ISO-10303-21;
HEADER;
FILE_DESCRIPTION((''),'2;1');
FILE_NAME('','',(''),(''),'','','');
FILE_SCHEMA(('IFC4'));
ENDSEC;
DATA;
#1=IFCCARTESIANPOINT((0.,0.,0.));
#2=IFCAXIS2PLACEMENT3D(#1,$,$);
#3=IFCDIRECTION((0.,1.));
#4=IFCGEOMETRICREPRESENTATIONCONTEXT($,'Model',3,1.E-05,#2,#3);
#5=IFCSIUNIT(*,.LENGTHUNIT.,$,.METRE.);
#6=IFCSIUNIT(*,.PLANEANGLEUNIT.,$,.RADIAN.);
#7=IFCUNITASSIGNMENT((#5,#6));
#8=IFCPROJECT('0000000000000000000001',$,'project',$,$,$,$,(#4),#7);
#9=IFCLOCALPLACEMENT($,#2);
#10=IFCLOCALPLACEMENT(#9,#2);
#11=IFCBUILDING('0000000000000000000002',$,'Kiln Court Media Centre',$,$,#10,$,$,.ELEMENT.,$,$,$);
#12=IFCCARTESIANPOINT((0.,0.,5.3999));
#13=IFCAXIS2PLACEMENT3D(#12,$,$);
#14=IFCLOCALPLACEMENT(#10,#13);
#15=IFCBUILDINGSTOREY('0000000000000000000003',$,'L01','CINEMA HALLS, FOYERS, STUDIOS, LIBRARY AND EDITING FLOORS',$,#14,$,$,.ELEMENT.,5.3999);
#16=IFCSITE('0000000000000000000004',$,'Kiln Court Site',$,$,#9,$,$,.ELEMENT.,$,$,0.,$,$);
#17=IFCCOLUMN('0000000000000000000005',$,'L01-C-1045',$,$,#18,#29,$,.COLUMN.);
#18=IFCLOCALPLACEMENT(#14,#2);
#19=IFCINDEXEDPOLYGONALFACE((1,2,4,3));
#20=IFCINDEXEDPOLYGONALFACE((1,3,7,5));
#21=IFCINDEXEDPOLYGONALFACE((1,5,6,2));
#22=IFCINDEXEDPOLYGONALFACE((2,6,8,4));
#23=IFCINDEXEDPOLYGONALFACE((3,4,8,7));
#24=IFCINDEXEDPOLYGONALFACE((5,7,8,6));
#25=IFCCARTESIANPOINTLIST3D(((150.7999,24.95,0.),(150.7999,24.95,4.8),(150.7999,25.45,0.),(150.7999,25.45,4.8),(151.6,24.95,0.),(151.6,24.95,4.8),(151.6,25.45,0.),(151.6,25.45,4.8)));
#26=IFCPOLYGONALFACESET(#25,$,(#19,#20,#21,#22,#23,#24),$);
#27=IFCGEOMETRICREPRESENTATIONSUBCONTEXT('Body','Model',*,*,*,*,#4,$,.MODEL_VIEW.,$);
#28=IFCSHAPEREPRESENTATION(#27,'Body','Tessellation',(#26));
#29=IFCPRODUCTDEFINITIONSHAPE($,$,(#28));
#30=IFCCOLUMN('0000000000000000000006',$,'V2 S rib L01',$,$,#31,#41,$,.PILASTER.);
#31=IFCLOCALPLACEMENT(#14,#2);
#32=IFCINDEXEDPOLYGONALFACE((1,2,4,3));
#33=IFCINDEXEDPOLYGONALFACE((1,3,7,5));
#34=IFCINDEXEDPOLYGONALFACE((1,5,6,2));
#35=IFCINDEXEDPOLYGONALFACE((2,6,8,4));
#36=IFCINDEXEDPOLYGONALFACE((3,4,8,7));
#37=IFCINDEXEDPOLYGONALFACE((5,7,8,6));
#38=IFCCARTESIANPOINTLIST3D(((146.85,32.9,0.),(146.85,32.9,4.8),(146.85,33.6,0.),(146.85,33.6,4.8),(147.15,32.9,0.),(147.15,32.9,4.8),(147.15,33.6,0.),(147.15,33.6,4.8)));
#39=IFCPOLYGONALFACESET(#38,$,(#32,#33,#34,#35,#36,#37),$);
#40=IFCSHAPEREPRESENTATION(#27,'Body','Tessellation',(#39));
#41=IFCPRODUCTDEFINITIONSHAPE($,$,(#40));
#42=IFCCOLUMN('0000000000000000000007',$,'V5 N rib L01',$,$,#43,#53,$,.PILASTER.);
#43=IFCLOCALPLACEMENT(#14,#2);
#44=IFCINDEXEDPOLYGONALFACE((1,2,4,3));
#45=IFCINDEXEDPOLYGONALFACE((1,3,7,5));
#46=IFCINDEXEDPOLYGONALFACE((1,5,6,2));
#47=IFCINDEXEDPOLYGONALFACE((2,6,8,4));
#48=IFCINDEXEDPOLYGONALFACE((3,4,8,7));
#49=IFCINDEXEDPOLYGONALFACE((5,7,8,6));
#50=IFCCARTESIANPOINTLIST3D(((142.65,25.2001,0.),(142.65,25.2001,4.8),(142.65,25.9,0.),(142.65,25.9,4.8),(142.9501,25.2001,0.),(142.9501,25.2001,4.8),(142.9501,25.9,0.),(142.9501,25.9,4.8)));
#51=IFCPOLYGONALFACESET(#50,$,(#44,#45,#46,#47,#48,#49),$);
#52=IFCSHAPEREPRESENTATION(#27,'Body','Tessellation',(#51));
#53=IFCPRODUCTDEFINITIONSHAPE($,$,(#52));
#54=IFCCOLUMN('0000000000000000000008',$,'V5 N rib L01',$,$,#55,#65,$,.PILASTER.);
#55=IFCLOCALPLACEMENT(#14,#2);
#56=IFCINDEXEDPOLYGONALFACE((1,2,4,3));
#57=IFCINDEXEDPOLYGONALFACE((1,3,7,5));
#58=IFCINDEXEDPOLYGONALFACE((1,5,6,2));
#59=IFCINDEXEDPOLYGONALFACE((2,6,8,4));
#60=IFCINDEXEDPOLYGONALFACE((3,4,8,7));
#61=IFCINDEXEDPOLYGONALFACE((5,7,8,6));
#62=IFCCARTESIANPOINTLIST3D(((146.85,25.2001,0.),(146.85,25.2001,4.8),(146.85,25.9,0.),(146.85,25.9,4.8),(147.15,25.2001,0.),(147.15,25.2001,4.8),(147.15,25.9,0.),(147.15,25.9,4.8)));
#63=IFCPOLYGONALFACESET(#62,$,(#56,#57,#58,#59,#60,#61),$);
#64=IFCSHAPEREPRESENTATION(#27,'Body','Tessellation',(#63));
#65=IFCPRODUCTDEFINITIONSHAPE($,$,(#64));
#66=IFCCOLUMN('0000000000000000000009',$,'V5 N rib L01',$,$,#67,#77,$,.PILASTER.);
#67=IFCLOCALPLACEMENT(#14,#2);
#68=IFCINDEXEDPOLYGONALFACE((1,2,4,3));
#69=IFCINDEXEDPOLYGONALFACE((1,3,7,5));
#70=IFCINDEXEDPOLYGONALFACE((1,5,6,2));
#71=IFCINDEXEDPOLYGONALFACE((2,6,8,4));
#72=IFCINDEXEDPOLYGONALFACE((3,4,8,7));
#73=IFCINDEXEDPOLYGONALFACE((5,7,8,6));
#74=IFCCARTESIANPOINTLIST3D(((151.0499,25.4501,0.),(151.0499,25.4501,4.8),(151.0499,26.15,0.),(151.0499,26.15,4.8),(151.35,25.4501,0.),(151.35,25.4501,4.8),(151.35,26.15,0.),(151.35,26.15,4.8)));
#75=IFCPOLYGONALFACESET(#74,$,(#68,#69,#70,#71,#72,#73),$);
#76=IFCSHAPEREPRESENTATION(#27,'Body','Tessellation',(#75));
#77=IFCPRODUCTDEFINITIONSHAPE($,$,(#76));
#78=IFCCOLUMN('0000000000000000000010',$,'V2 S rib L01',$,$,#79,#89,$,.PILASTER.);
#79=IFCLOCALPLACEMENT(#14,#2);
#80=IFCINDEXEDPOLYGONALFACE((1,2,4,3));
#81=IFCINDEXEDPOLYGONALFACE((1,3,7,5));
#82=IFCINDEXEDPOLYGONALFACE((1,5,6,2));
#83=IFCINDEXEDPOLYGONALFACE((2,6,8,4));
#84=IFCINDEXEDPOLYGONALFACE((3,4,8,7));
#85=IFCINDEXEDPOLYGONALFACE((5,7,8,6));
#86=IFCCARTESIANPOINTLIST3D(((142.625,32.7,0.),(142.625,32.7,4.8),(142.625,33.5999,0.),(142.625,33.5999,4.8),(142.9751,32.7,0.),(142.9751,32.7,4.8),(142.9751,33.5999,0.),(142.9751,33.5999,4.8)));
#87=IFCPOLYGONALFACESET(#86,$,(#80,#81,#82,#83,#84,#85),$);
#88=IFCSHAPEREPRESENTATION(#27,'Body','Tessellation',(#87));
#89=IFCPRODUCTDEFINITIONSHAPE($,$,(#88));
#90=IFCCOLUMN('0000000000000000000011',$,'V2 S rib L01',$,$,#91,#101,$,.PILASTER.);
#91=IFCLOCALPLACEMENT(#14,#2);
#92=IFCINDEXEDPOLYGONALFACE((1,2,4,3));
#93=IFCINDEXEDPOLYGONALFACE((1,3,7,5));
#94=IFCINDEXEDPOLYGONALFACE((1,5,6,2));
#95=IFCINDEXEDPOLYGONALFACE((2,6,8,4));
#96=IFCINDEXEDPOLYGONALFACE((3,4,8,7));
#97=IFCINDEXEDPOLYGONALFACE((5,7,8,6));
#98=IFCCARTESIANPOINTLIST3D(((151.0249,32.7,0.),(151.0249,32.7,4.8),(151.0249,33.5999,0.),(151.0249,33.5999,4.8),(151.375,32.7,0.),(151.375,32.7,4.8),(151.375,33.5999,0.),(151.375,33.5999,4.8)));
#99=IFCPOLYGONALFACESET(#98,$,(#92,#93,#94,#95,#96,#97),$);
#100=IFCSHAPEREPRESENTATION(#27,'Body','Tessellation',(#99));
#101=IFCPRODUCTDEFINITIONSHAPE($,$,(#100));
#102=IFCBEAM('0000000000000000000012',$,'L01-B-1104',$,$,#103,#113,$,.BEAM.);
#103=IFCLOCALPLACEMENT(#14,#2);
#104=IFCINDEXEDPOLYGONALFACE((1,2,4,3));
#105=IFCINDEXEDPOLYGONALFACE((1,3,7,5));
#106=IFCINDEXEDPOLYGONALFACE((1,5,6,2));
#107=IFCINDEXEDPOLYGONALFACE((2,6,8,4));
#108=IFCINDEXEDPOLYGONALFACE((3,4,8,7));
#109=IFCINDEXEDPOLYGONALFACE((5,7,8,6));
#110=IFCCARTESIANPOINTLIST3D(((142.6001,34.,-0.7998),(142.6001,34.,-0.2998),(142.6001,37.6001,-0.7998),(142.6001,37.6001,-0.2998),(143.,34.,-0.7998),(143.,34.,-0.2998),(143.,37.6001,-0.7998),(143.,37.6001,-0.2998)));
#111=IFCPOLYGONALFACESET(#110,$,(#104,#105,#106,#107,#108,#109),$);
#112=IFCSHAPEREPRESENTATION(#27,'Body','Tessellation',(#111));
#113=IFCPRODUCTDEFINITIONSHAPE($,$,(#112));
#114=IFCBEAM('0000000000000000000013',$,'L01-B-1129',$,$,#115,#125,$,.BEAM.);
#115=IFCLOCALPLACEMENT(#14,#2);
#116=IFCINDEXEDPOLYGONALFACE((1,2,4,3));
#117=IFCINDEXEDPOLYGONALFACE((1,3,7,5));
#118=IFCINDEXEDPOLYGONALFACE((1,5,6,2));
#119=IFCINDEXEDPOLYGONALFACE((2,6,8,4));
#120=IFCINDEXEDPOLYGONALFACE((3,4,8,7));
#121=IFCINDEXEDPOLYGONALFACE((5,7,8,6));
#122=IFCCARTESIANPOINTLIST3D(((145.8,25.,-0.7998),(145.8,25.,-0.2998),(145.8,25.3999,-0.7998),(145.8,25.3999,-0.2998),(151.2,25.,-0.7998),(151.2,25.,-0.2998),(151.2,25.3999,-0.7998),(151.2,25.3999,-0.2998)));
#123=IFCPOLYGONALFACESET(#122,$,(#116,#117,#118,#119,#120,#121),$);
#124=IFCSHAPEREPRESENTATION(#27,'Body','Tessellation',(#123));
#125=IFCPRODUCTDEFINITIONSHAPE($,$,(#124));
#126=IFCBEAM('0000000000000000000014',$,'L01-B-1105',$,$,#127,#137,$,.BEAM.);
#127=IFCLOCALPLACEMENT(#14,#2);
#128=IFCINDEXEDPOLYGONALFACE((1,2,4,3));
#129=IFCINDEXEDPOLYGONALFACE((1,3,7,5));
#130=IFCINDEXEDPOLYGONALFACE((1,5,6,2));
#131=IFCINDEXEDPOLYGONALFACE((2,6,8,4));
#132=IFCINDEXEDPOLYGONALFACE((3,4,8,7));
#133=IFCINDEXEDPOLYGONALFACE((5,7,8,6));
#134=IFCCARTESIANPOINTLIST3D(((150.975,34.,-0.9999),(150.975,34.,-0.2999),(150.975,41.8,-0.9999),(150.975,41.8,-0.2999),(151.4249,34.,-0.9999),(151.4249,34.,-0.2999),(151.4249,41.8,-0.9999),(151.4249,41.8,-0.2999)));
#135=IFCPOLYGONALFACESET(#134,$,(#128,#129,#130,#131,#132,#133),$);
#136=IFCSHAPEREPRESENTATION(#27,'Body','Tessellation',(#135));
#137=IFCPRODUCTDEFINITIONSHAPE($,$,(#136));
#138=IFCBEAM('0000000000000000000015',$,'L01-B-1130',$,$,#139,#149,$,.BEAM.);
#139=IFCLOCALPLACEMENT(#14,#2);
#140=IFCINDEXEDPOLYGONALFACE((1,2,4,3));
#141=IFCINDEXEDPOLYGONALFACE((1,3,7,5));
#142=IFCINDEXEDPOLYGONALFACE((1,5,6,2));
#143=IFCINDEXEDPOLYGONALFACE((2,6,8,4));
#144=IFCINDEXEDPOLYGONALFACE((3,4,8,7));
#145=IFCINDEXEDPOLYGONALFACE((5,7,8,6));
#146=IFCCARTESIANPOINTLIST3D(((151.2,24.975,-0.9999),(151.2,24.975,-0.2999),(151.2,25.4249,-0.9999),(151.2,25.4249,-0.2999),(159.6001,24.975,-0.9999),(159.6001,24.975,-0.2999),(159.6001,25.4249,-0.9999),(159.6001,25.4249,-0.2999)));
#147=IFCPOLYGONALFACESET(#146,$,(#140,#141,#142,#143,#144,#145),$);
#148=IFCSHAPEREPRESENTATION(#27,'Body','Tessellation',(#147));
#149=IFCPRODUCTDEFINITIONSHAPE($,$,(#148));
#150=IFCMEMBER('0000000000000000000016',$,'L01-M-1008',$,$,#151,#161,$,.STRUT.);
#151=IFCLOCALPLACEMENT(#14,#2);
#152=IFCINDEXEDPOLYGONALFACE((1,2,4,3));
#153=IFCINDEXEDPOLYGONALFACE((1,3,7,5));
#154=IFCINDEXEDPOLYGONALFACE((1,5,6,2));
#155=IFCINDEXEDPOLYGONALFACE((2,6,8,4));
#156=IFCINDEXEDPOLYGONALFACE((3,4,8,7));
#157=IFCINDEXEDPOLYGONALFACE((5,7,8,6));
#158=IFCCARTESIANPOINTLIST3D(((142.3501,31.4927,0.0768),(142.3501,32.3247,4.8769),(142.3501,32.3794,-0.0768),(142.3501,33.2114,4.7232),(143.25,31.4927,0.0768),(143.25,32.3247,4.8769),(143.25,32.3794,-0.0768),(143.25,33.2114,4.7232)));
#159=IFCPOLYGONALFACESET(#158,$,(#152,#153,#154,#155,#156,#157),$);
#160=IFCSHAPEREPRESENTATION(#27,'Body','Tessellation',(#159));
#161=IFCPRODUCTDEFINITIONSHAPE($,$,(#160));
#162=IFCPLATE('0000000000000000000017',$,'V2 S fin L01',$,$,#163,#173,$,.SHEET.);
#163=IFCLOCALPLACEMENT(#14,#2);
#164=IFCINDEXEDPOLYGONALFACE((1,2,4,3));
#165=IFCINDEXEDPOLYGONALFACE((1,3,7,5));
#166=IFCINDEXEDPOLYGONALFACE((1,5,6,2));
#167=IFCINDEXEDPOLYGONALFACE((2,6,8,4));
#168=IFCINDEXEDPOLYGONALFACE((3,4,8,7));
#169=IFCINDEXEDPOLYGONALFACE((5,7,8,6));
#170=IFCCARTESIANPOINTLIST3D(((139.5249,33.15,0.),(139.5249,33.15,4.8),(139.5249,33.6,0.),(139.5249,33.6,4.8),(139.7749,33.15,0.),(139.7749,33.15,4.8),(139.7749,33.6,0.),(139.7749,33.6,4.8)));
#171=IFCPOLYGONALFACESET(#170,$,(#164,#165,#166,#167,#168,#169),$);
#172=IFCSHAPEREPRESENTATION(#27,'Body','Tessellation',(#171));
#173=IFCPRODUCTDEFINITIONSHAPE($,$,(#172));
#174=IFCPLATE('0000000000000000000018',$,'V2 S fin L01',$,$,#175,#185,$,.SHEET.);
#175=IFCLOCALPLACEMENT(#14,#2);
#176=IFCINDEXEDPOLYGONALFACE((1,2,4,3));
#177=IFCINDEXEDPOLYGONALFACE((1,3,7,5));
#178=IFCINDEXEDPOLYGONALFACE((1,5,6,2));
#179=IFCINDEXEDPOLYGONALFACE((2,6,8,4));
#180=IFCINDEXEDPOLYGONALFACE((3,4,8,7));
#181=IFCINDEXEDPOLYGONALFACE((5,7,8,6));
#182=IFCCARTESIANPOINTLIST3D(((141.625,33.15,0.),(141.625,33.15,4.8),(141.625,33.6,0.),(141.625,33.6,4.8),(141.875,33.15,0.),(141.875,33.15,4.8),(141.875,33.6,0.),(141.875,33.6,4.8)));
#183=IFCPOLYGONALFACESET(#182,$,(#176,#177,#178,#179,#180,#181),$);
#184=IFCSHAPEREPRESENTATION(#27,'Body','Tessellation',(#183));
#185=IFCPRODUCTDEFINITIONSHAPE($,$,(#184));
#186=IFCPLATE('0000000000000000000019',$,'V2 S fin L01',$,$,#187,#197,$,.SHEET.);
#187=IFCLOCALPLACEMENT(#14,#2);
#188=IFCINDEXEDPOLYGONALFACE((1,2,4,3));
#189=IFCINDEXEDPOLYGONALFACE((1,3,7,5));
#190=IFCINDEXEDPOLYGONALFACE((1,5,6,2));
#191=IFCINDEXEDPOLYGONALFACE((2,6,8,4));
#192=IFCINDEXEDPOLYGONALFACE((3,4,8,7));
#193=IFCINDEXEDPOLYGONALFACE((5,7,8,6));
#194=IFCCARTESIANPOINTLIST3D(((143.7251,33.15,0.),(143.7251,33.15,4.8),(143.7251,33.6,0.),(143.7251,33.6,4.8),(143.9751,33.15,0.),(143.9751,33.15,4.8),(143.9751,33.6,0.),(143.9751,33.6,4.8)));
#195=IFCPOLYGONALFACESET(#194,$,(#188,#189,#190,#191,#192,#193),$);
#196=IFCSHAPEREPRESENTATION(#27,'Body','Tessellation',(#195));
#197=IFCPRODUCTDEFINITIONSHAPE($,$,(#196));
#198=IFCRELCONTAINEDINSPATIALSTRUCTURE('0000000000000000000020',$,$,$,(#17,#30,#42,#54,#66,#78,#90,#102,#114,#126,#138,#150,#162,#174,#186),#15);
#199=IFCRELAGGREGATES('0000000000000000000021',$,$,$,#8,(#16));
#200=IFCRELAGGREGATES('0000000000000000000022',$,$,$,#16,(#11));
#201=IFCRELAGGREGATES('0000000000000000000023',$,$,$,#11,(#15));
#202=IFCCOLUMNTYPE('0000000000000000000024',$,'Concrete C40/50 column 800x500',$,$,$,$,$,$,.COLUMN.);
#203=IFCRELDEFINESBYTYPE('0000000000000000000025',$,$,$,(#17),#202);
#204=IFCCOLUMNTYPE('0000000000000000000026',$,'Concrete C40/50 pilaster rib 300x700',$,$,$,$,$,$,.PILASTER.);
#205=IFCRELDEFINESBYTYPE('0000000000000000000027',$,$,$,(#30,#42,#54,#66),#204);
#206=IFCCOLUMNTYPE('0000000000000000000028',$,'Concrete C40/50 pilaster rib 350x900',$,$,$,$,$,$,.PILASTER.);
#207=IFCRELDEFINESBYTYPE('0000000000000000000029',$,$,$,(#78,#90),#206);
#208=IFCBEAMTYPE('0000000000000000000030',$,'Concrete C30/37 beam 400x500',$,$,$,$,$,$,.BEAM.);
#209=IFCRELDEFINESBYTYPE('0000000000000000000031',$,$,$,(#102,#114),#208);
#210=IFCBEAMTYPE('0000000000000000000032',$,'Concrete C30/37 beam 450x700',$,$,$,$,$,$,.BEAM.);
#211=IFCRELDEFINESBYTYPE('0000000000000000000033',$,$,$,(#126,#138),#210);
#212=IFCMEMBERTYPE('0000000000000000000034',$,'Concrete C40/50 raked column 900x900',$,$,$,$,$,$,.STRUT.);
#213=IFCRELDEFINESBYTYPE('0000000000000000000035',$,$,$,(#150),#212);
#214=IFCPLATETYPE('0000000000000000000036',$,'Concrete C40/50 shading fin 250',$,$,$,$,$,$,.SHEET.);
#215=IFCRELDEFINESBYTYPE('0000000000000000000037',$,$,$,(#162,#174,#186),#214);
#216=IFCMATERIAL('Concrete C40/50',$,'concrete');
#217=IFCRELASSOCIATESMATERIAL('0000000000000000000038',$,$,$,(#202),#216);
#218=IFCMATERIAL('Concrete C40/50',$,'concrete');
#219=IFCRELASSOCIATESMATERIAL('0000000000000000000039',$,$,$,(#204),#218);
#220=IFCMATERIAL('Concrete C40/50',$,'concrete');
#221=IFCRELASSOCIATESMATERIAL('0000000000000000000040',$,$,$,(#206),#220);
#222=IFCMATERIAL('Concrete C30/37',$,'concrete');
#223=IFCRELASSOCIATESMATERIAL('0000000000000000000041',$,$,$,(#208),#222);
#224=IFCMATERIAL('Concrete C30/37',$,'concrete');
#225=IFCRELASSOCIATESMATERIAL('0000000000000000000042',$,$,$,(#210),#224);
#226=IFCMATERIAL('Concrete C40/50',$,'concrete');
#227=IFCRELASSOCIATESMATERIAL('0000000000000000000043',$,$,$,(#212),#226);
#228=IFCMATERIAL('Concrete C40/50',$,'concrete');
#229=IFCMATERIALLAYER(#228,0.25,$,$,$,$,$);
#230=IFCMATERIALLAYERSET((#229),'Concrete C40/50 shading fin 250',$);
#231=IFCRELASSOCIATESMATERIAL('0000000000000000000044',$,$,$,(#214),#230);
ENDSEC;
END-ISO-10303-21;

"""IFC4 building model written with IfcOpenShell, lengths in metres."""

from ifc_helpers import new_model, si_unit, direction, frame, origin, origin_2d, place, context, subcontext, project, spatial, rectangle, extrude, material, layer, layer_set, material_profile, profile_set, type_object, element, save


model = new_model("IFC4")

# Units and contexts
model_context = context("Model", 3, precision=1e-05, world=origin(), true_north=direction((0.0, 1.0)))
body_context = subcontext(model_context, "Body", "Model", "MODEL_VIEW")
ifc_project = project(units=[si_unit("LENGTHUNIT", "METRE"), si_unit("PLANEANGLEUNIT", "RADIAN")], contexts=[model_context])

# Site, building, storey
site_placement = place(None, origin())
site = spatial("IfcSite", under=ifc_project, at=site_placement, Name="Kiln Court Site", CompositionType="ELEMENT", RefElevation=0.0)
building_placement = place(site_placement, origin())
building = spatial("IfcBuilding", under=site, at=building_placement, Name="Kiln Court Media Centre", CompositionType="ELEMENT")
storey_placement = place(building_placement, frame((0.0, 0.0, 5.3999)))
storey = spatial("IfcBuildingStorey", under=building, at=storey_placement, Name="L01", Description="CINEMA HALLS, FOYERS, STUDIOS, LIBRARY AND EDITING FLOORS", CompositionType="ELEMENT", Elevation=5.3999)

# Columns
ifc_material_1 = material(Name="Concrete C40/50", Category="concrete")
ifc_material_profile_1 = material_profile(ifc_material_1, rectangle(XDim=0.8, YDim=0.5, at=origin_2d()), Name="RC 800x500")
ifc_profile_set_1 = profile_set([ifc_material_profile_1], Name="Concrete C40/50")
column_type_1 = type_object("IfcColumnType", Name="Concrete C40/50 column 800x500", PredefinedType="COLUMN", material=ifc_profile_set_1)
column_placement = place(storey_placement, frame((151.2, 25.2, 0.0), z_axis=(0.0, 0.0, 1.0), x_axis=(1.0, 0.0, 0.0)))
element("IfcColumn", 1, at=column_placement, inside=storey, type_object=column_type_1, Name="L01-C-1045", PredefinedType="COLUMN", context=body_context, shape_type="SweptSolid", body=[
    extrude(rectangle(XDim=0.8, YDim=0.5, at=origin_2d()), origin(), (0.0, 0.0, 1.0), 4.8),
])
ifc_material_2 = material(Name="Concrete C40/50", Category="concrete")
ifc_material_profile_2 = material_profile(ifc_material_2, rectangle(XDim=0.3, YDim=0.7, at=origin_2d()), Name="RC 300x700")
ifc_profile_set_2 = profile_set([ifc_material_profile_2], Name="Concrete C40/50")
column_type_2 = type_object("IfcColumnType", Name="Concrete C40/50 pilaster rib 300x700", PredefinedType="PILASTER", material=ifc_profile_set_2)
for number, where, z_axis, x_axis, name in (
    (2, (147.0, 33.25, 0.0), (0.0, 0.0, 1.0), (1.0, 0.0, 0.0), "V2 S rib L01"),
    (3, (142.8, 25.55, 0.0), (0.0, 0.0, 1.0), (1.0, 0.0, 0.0), "V5 N rib L01"),
    (4, (147.0, 25.55, 0.0), (0.0, 0.0, 1.0), (1.0, 0.0, 0.0), "V5 N rib L01"),
    (5, (151.2, 25.8, 0.0), (0.0, 0.0, 1.0), (1.0, 0.0, 0.0), "V5 N rib L01"),
):
    element("IfcColumn", number, at=place(storey_placement, frame(where, z_axis=z_axis, x_axis=x_axis)), inside=storey, type_object=column_type_2, Name=name, PredefinedType="PILASTER", context=body_context, shape_type="SweptSolid", body=[
        extrude(rectangle(XDim=0.3, YDim=0.7, at=origin_2d()), origin(), (0.0, 0.0, 1.0), 4.8),
    ])
ifc_material_3 = material(Name="Concrete C40/50", Category="concrete")
ifc_material_profile_3 = material_profile(ifc_material_3, rectangle(XDim=0.3501, YDim=0.8999, at=origin_2d()), Name="RC 350x900")
ifc_profile_set_3 = profile_set([ifc_material_profile_3], Name="Concrete C40/50")
column_type_3 = type_object("IfcColumnType", Name="Concrete C40/50 pilaster rib 350x900", PredefinedType="PILASTER", material=ifc_profile_set_3)
for number, where, z_axis, x_axis, name in (
    (6, (142.8, 33.1499, 0.0), (0.0, 0.0, 1.0), (1.0, 0.0, 0.0), "V2 S rib L01"),
    (7, (151.2, 33.1499, 0.0), (0.0, 0.0, 1.0), (1.0, 0.0, 0.0), "V2 S rib L01"),
):
    element("IfcColumn", number, at=place(storey_placement, frame(where, z_axis=z_axis, x_axis=x_axis)), inside=storey, type_object=column_type_3, Name=name, PredefinedType="PILASTER", context=body_context, shape_type="SweptSolid", body=[
        extrude(rectangle(XDim=0.3501, YDim=0.8999, at=origin_2d()), origin(), (0.0, 0.0, 1.0), 4.8),
    ])

# Beams
ifc_material_4 = material(Name="Concrete C30/37", Category="concrete")
ifc_material_profile_4 = material_profile(ifc_material_4, rectangle(XDim=0.3999, YDim=0.5, at=origin_2d()), Name="RC 400x500")
ifc_profile_set_4 = profile_set([ifc_material_profile_4], Name="Concrete C30/37")
beam_type_1 = type_object("IfcBeamType", Name="Concrete C30/37 beam 400x500", PredefinedType="BEAM", material=ifc_profile_set_4)
beam_1_placement = place(storey_placement, frame((142.8, 34.0, -0.5498), z_axis=(0.0, 1.0, 0.0), x_axis=(-1.0, 0.0, 0.0)))
element("IfcBeam", 8, at=beam_1_placement, inside=storey, type_object=beam_type_1, Name="L01-B-1104", PredefinedType="BEAM", context=body_context, shape_type="SweptSolid", body=[
    extrude(rectangle(XDim=0.3999, YDim=0.5, at=origin_2d()), origin(), (0.0, 0.0, 1.0), 3.6001),
])
beam_2_placement = place(storey_placement, frame((145.8, 25.2, -0.5498), z_axis=(1.0, 0.0, 0.0), x_axis=(0.0, 1.0, 0.0)))
element("IfcBeam", 9, at=beam_2_placement, inside=storey, type_object=beam_type_1, Name="L01-B-1129", PredefinedType="BEAM", context=body_context, shape_type="SweptSolid", body=[
    extrude(rectangle(XDim=0.3999, YDim=0.5, at=origin_2d()), origin(), (0.0, 0.0, 1.0), 5.3999),
])
ifc_material_5 = material(Name="Concrete C30/37", Category="concrete")
ifc_material_profile_5 = material_profile(ifc_material_5, rectangle(XDim=0.45, YDim=0.7, at=origin_2d()), Name="RC 450x700")
ifc_profile_set_5 = profile_set([ifc_material_profile_5], Name="Concrete C30/37")
beam_type_2 = type_object("IfcBeamType", Name="Concrete C30/37 beam 450x700", PredefinedType="BEAM", material=ifc_profile_set_5)
beam_3_placement = place(storey_placement, frame((151.2, 34.0, -0.6499), z_axis=(0.0, 1.0, 0.0), x_axis=(-1.0, 0.0, 0.0)))
element("IfcBeam", 10, at=beam_3_placement, inside=storey, type_object=beam_type_2, Name="L01-B-1105", PredefinedType="BEAM", context=body_context, shape_type="SweptSolid", body=[
    extrude(rectangle(XDim=0.45, YDim=0.7, at=origin_2d()), origin(), (0.0, 0.0, 1.0), 7.8),
])
beam_4_placement = place(storey_placement, frame((151.2, 25.2, -0.6499), z_axis=(1.0, 0.0, 0.0), x_axis=(0.0, 1.0, 0.0)))
element("IfcBeam", 11, at=beam_4_placement, inside=storey, type_object=beam_type_2, Name="L01-B-1130", PredefinedType="BEAM", context=body_context, shape_type="SweptSolid", body=[
    extrude(rectangle(XDim=0.45, YDim=0.7, at=origin_2d()), origin(), (0.0, 0.0, 1.0), 8.4001),
])

# Member
ifc_material_6 = material(Name="Concrete C40/50", Category="concrete")
ifc_material_profile_6 = material_profile(ifc_material_6, rectangle(XDim=0.8999, YDim=0.8999, at=origin_2d()), Name="RC 900x900")
ifc_profile_set_6 = profile_set([ifc_material_profile_6], Name="Concrete C40/50")
member_type = type_object("IfcMemberType", Name="Concrete C40/50 raked column 900x900", PredefinedType="STRUT", material=ifc_profile_set_6)
member_placement = place(storey_placement, frame((142.8, 31.936, 0.0), z_axis=(0.0, 0.170791, 0.985307), x_axis=(-1.0, 0.0, 0.0)))
element("IfcMember", 12, at=member_placement, inside=storey, type_object=member_type, Name="L01-M-1008", PredefinedType="STRUT", context=body_context, shape_type="SweptSolid", body=[
    extrude(rectangle(XDim=0.8999, YDim=0.8999, at=origin_2d()), origin(), (0.0, 0.0, 1.0), 4.8716),
])

# Plates
ifc_material_7 = material(Name="Concrete C40/50", Category="concrete")
ifc_layer_1 = layer(ifc_material_7, 0.25)
ifc_layer_set_1 = layer_set([ifc_layer_1], Name="Concrete C40/50 shading fin 250")
plate_type = type_object("IfcPlateType", Name="Concrete C40/50 shading fin 250", PredefinedType="SHEET", material=ifc_layer_set_1)
for number, where, z_axis, x_axis, name in (
    (13, (139.6499, 33.375, 0.0), (0.0, 0.0, 1.0), (1.0, 0.0, 0.0), "V2 S fin L01"),
    (14, (141.75, 33.375, 0.0), (0.0, 0.0, 1.0), (1.0, 0.0, 0.0), "V2 S fin L01"),
    (15, (143.8501, 33.375, 0.0), (0.0, 0.0, 1.0), (1.0, 0.0, 0.0), "V2 S fin L01"),
):
    element("IfcPlate", number, at=place(storey_placement, frame(where, z_axis=z_axis, x_axis=x_axis)), inside=storey, type_object=plate_type, Name=name, PredefinedType="SHEET", context=body_context, shape_type="SweptSolid", body=[
        extrude(rectangle(XDim=0.25, YDim=0.45, at=origin_2d()), origin(), (0.0, 0.0, 1.0), 4.8),
    ])

save(model, "model.ifc")
